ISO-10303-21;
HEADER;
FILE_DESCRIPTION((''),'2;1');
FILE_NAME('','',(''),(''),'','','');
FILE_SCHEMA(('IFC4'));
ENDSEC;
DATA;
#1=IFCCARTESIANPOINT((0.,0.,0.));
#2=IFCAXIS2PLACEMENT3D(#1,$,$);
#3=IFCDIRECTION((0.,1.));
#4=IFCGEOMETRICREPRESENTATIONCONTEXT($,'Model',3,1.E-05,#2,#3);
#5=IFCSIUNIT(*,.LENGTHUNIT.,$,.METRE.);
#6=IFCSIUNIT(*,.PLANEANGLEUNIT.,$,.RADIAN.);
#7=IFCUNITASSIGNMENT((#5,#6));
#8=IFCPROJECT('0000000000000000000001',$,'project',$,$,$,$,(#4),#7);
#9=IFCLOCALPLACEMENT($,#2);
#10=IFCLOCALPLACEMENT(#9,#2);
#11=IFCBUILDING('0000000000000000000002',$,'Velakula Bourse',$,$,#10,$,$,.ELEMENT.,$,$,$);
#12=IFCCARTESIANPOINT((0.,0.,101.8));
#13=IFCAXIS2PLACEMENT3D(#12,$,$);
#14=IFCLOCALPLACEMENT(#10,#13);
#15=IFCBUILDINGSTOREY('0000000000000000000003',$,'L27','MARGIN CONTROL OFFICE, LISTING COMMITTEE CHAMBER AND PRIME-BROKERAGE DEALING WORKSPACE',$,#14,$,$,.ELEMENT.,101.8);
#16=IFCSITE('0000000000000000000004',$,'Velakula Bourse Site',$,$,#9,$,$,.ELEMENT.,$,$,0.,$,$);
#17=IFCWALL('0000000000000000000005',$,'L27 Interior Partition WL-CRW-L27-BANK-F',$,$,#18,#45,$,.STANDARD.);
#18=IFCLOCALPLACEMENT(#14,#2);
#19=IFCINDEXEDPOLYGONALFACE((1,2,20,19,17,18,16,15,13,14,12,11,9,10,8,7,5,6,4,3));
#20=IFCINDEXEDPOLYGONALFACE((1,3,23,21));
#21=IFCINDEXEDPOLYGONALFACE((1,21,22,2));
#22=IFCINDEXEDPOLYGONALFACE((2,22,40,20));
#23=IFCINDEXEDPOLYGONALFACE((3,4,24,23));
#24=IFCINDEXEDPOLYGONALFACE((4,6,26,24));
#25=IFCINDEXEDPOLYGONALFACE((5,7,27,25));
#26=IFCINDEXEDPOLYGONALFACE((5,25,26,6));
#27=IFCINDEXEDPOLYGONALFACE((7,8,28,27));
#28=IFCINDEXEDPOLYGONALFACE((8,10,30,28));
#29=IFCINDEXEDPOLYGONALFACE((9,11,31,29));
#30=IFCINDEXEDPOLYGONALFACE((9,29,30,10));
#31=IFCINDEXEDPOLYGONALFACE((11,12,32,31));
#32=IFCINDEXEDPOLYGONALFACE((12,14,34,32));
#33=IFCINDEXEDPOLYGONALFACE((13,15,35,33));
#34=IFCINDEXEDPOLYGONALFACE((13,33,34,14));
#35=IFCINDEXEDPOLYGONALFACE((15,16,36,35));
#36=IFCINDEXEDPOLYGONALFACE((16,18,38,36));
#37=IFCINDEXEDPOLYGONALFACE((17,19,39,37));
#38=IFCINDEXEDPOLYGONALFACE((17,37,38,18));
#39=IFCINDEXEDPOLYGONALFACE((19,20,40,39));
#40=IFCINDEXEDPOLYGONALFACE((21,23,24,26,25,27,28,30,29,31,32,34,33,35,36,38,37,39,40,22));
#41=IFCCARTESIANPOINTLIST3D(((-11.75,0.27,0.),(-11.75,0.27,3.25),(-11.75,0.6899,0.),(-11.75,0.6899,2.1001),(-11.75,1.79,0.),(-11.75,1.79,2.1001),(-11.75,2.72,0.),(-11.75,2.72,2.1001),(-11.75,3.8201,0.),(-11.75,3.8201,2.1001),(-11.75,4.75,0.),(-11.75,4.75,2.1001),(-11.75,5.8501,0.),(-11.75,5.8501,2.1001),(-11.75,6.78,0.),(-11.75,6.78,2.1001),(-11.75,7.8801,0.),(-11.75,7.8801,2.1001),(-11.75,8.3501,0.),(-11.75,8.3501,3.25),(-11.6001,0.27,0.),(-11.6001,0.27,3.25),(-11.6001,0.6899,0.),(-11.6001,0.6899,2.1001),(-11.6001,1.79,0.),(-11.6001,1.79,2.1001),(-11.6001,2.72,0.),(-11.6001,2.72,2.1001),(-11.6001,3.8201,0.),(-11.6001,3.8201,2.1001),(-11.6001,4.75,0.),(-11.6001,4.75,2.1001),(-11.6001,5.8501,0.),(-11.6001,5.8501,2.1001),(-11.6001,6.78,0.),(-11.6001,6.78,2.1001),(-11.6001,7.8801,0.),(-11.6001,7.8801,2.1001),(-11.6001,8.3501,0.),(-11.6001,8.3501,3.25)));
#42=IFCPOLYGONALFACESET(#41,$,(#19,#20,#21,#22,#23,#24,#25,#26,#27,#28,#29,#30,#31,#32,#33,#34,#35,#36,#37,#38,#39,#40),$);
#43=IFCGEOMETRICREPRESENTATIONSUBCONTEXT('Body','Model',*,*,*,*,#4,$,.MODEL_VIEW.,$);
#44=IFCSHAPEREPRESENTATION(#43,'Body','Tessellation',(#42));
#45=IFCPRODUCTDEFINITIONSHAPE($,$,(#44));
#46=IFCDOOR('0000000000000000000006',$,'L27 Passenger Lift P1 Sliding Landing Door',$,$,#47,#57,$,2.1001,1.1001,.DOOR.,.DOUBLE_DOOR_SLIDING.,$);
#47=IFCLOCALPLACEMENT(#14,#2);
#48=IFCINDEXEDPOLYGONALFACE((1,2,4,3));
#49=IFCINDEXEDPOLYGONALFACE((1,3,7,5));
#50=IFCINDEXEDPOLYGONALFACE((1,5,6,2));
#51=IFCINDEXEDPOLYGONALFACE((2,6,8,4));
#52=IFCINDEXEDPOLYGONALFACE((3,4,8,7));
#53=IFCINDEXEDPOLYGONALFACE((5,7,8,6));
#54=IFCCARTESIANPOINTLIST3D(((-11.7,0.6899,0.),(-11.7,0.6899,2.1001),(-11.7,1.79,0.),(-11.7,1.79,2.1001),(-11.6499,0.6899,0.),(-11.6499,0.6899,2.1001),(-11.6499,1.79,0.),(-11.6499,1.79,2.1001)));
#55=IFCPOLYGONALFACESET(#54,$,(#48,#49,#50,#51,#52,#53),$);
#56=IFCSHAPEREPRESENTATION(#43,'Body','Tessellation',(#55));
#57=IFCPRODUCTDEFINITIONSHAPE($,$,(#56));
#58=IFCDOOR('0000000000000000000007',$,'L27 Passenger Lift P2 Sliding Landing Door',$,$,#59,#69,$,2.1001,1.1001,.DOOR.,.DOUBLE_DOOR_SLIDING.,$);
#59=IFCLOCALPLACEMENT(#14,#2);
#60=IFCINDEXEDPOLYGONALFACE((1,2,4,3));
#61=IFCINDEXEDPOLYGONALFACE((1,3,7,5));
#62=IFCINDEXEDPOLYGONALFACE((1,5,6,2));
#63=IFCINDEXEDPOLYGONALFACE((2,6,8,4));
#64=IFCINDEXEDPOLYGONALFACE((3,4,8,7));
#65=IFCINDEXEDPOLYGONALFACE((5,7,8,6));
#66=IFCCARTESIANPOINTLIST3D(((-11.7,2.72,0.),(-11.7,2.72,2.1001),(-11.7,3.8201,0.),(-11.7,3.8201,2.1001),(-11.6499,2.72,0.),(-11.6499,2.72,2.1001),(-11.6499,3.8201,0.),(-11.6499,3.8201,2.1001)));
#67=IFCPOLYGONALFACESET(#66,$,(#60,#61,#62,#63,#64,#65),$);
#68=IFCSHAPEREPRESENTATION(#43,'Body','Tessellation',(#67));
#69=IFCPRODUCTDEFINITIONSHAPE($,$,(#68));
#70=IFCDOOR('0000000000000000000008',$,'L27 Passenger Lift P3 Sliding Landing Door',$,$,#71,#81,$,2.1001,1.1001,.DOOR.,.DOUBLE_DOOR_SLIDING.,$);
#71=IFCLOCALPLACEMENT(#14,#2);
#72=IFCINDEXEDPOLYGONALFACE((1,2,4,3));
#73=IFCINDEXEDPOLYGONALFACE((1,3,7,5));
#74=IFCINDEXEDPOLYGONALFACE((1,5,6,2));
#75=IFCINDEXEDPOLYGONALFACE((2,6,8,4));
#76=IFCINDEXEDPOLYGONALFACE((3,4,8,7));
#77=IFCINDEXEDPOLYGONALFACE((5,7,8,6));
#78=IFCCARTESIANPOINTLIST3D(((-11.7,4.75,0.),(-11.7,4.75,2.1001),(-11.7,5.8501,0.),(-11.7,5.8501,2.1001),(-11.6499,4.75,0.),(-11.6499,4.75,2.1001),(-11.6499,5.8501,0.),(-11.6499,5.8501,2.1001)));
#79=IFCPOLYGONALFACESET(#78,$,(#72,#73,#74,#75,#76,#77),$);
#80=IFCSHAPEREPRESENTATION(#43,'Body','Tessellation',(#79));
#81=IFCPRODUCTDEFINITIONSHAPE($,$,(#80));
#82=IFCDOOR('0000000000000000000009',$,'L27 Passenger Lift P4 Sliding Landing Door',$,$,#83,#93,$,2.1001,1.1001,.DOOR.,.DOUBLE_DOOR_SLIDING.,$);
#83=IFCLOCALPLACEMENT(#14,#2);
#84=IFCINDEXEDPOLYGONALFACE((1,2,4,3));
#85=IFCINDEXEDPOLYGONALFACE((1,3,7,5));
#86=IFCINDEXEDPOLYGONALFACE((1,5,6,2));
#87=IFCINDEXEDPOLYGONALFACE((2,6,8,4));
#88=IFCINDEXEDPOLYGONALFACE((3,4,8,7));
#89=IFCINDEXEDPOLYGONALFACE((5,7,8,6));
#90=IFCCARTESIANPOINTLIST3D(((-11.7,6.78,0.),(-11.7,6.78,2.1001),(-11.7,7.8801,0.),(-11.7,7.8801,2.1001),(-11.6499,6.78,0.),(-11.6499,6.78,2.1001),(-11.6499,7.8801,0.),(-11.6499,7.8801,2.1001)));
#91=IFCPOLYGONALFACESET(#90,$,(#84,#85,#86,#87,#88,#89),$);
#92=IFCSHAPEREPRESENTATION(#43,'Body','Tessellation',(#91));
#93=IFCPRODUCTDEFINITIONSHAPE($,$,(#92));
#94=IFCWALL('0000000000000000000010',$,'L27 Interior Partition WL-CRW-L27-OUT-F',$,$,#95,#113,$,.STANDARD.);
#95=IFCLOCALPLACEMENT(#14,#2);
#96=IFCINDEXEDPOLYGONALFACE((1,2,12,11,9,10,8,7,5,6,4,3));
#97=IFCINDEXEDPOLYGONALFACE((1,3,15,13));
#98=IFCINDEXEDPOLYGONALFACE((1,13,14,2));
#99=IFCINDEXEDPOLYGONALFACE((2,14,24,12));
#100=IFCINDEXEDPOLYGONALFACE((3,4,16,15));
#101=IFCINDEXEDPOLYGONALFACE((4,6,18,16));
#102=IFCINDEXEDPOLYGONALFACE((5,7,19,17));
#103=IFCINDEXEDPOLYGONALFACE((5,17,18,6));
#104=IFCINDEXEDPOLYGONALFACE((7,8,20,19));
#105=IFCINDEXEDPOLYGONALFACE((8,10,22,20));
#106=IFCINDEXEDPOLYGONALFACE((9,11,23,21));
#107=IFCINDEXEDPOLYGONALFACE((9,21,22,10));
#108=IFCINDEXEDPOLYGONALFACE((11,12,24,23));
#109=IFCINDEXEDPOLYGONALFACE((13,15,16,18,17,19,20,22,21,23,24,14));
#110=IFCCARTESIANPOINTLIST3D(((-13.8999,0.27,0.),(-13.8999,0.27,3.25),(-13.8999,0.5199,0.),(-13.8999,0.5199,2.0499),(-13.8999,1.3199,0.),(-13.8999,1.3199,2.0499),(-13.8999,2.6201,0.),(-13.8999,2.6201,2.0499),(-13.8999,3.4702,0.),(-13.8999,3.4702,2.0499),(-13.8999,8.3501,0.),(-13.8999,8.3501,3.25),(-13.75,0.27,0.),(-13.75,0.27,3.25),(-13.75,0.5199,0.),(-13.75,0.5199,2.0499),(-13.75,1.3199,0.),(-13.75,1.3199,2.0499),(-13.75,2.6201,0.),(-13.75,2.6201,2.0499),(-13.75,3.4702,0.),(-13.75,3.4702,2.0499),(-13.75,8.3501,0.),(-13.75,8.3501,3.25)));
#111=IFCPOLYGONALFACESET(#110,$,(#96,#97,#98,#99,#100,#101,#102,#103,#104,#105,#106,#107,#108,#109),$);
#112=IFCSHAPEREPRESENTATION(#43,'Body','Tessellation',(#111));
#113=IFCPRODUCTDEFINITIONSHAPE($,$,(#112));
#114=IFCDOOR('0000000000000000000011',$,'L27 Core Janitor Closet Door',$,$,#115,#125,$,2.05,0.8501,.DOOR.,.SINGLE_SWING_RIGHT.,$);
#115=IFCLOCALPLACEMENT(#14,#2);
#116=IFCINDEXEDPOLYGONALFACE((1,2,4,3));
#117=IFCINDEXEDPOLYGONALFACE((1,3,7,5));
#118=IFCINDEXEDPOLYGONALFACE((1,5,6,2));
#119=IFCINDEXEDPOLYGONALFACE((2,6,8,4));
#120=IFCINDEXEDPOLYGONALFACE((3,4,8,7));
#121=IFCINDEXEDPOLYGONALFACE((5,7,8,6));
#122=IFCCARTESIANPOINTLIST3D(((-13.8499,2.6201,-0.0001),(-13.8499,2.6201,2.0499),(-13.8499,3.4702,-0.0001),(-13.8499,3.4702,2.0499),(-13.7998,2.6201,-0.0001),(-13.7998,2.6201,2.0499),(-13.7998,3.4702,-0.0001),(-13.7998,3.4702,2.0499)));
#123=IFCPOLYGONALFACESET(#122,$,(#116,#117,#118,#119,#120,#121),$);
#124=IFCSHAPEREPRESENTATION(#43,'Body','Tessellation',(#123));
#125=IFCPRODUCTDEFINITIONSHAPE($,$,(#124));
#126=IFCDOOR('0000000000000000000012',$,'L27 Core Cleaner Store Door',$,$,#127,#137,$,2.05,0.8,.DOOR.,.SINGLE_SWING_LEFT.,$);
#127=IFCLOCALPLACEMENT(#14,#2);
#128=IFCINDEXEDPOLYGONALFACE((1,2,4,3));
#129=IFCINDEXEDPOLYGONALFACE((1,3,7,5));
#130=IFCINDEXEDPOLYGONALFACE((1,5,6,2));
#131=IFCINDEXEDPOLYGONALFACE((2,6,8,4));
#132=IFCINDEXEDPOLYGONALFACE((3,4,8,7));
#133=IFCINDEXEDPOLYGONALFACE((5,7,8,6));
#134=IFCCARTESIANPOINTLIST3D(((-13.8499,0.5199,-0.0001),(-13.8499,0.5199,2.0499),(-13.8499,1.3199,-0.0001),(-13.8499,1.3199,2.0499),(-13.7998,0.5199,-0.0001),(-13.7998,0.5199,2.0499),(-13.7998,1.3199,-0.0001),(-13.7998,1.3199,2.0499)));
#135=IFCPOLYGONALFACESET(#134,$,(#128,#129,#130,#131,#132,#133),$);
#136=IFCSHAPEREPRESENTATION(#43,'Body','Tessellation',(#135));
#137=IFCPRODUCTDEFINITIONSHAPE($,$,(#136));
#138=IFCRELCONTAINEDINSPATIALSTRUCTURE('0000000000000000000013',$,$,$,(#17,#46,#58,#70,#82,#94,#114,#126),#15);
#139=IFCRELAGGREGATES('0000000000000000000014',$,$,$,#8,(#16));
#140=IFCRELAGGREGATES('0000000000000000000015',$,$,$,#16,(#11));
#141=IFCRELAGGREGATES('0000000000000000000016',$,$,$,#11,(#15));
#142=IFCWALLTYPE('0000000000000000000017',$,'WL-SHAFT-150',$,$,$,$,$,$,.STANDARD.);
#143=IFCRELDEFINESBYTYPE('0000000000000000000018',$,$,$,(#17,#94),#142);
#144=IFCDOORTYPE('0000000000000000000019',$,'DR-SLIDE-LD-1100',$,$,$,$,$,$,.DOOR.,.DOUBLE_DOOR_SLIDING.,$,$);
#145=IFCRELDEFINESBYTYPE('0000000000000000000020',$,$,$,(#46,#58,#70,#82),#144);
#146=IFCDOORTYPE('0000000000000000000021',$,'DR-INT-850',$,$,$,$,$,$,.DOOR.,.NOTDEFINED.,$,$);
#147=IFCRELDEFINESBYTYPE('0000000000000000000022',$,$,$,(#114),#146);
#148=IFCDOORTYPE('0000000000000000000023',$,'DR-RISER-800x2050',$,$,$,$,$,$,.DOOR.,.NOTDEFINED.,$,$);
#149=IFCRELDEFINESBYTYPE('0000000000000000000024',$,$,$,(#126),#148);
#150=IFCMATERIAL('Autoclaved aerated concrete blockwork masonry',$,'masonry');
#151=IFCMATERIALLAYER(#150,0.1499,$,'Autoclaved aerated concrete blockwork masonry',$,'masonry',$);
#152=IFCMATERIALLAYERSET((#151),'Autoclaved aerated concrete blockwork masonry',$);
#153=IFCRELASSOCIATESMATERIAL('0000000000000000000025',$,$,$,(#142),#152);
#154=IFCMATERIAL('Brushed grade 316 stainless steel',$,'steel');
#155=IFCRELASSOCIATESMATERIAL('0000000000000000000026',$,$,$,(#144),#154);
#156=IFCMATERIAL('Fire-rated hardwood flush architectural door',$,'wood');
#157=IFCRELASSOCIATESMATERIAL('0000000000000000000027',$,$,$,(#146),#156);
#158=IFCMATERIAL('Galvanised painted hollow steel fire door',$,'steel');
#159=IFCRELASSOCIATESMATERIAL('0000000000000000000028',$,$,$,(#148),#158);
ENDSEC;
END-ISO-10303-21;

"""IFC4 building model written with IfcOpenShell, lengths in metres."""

from ifc_helpers import new_model, si_unit, direction, frame, frame_2d, origin, place, context, subcontext, project, spatial, rectangle, extrude, material, layer, layer_set, type_object, element, fill, save


model = new_model("IFC4")

# Units and contexts
model_context = context("Model", 3, precision=1e-05, world=origin(), true_north=direction((0.0, 1.0)))
body_context = subcontext(model_context, "Body", "Model", "MODEL_VIEW")
ifc_project = project(units=[si_unit("LENGTHUNIT", "METRE"), si_unit("PLANEANGLEUNIT", "RADIAN")], contexts=[model_context])

# Site, building, storey
site_placement = place(None, origin())
site = spatial("IfcSite", under=ifc_project, at=site_placement, Name="Velakula Bourse Site", CompositionType="ELEMENT", RefElevation=0.0)
building_placement = place(site_placement, origin())
building = spatial("IfcBuilding", under=site, at=building_placement, Name="Velakula Bourse", CompositionType="ELEMENT")
storey_placement = place(building_placement, frame((0.0, 0.0, 101.8)))
storey = spatial("IfcBuildingStorey", under=building, at=storey_placement, Name="L27", Description="MARGIN CONTROL OFFICE, LISTING COMMITTEE CHAMBER AND PRIME-BROKERAGE DEALING WORKSPACE", CompositionType="ELEMENT", Elevation=101.8)

# Shared definitions
ifc_material_1 = material(Name="Fire-rated hardwood flush architectural door", Category="wood")

# Shared definitions
ifc_material_2 = material(Name="Autoclaved aerated concrete blockwork masonry", Category="masonry")
ifc_layer_1 = layer(ifc_material_2, 0.1499, Name="Autoclaved aerated concrete blockwork masonry", Category="masonry")
ifc_layer_set_1 = layer_set([ifc_layer_1], Name="Autoclaved aerated concrete blockwork masonry")
wall_type_1 = type_object("IfcWallType", Name="WL-SHAFT-150", PredefinedType="STANDARD", material=ifc_layer_set_1)

# Walls, openings, doors
wall_1_placement = place(storey_placement, frame((-11.675, 0.27, 0.0), z_axis=(0.0, 0.0, 1.0), x_axis=(0.0, 1.0, 0.0)))
wall_1 = element("IfcWall", 1, at=wall_1_placement, inside=storey, type_object=wall_type_1, Name="L27 Interior Partition WL-CRW-L27-BANK-F", PredefinedType="STANDARD", context=body_context, shape_type="SweptSolid", body=[
    extrude(rectangle(XDim=8.0801, YDim=0.1499, at=frame_2d((4.04, 0.0))), origin(), (0.0, 0.0, 1.0), 3.25),
])
opening_1_placement = place(wall_1_placement, frame((0.4199, 0.0, 0.0)))
opening_1 = element("IfcOpeningElement", 2, at=opening_1_placement, cuts=wall_1, PredefinedType="OPENING", context=body_context, shape_type="SweptSolid", body=[
    extrude(rectangle(XDim=1.1001, YDim=2.1001, at=frame_2d((0.55, 1.05))), frame((0.0, 0.085, 0.0), z_axis=(0.0, -1.0, 0.0), x_axis=(1.0, 0.0, 0.0)), (0.0, 0.0, 1.0), 0.1699),
])
opening_2_placement = place(wall_1_placement, frame((2.45, 0.0, 0.0)))
opening_2 = element("IfcOpeningElement", 3, at=opening_2_placement, cuts=wall_1, PredefinedType="OPENING", context=body_context, shape_type="SweptSolid", body=[
    extrude(rectangle(XDim=1.1001, YDim=2.1001, at=frame_2d((0.55, 1.05))), frame((0.0, 0.085, 0.0), z_axis=(0.0, -1.0, 0.0), x_axis=(1.0, 0.0, 0.0)), (0.0, 0.0, 1.0), 0.1699),
])
opening_3_placement = place(wall_1_placement, frame((4.48, 0.0, 0.0)))
opening_3 = element("IfcOpeningElement", 4, at=opening_3_placement, cuts=wall_1, PredefinedType="OPENING", context=body_context, shape_type="SweptSolid", body=[
    extrude(rectangle(XDim=1.1001, YDim=2.1001, at=frame_2d((0.55, 1.05))), frame((0.0, 0.085, 0.0), z_axis=(0.0, -1.0, 0.0), x_axis=(1.0, 0.0, 0.0)), (0.0, 0.0, 1.0), 0.1699),
])
opening_4_placement = place(wall_1_placement, frame((6.51, 0.0, 0.0)))
opening_4 = element("IfcOpeningElement", 5, at=opening_4_placement, cuts=wall_1, PredefinedType="OPENING", context=body_context, shape_type="SweptSolid", body=[
    extrude(rectangle(XDim=1.1001, YDim=2.1001, at=frame_2d((0.55, 1.05))), frame((0.0, 0.085, 0.0), z_axis=(0.0, -1.0, 0.0), x_axis=(1.0, 0.0, 0.0)), (0.0, 0.0, 1.0), 0.1699),
])
ifc_material_3 = material(Name="Brushed grade 316 stainless steel", Category="steel")
door_type_1 = type_object("IfcDoorType", Name="DR-SLIDE-LD-1100", OperationType="DOUBLE_DOOR_SLIDING", PredefinedType="DOOR", material=ifc_material_3)
door_1_placement = place(opening_1_placement, origin())
door_1 = element("IfcDoor", 6, at=door_1_placement, inside=storey, type_object=door_type_1, Name="L27 Passenger Lift P1 Sliding Landing Door", OperationType="DOUBLE_DOOR_SLIDING", OverallHeight=2.1001, OverallWidth=1.1001, PredefinedType="DOOR", context=body_context, shape_type="SweptSolid", body=[
    extrude(rectangle(XDim=1.1001, YDim=2.1001, at=frame_2d((0.55, 1.05))), frame((0.0, 0.0249, 0.0), z_axis=(0.0, -1.0, 0.0), x_axis=(1.0, 0.0, 0.0)), (0.0, 0.0, 1.0), 0.05),
])
fill(opening_1, door_1)
door_2_placement = place(opening_2_placement, origin())
door_2 = element("IfcDoor", 7, at=door_2_placement, inside=storey, type_object=door_type_1, Name="L27 Passenger Lift P2 Sliding Landing Door", OperationType="DOUBLE_DOOR_SLIDING", OverallHeight=2.1001, OverallWidth=1.1001, PredefinedType="DOOR", context=body_context, shape_type="SweptSolid", body=[
    extrude(rectangle(XDim=1.1001, YDim=2.1001, at=frame_2d((0.55, 1.05))), frame((0.0, 0.0249, 0.0), z_axis=(0.0, -1.0, 0.0), x_axis=(1.0, 0.0, 0.0)), (0.0, 0.0, 1.0), 0.05),
])
fill(opening_2, door_2)
door_3_placement = place(opening_3_placement, origin())
door_3 = element("IfcDoor", 8, at=door_3_placement, inside=storey, type_object=door_type_1, Name="L27 Passenger Lift P3 Sliding Landing Door", OperationType="DOUBLE_DOOR_SLIDING", OverallHeight=2.1001, OverallWidth=1.1001, PredefinedType="DOOR", context=body_context, shape_type="SweptSolid", body=[
    extrude(rectangle(XDim=1.1001, YDim=2.1001, at=frame_2d((0.55, 1.05))), frame((0.0, 0.0249, 0.0), z_axis=(0.0, -1.0, 0.0), x_axis=(1.0, 0.0, 0.0)), (0.0, 0.0, 1.0), 0.05),
])
fill(opening_3, door_3)
door_4_placement = place(opening_4_placement, origin())
door_4 = element("IfcDoor", 9, at=door_4_placement, inside=storey, type_object=door_type_1, Name="L27 Passenger Lift P4 Sliding Landing Door", OperationType="DOUBLE_DOOR_SLIDING", OverallHeight=2.1001, OverallWidth=1.1001, PredefinedType="DOOR", context=body_context, shape_type="SweptSolid", body=[
    extrude(rectangle(XDim=1.1001, YDim=2.1001, at=frame_2d((0.55, 1.05))), frame((0.0, 0.0249, 0.0), z_axis=(0.0, -1.0, 0.0), x_axis=(1.0, 0.0, 0.0)), (0.0, 0.0, 1.0), 0.05),
])
fill(opening_4, door_4)
wall_2_placement = place(storey_placement, frame((-13.825, 0.27, 0.0), z_axis=(0.0, 0.0, 1.0), x_axis=(0.0, 1.0, 0.0)))
wall_2 = element("IfcWall", 10, at=wall_2_placement, inside=storey, type_object=wall_type_1, Name="L27 Interior Partition WL-CRW-L27-OUT-F", PredefinedType="STANDARD", context=body_context, shape_type="SweptSolid", body=[
    extrude(rectangle(XDim=8.0801, YDim=0.1499, at=frame_2d((4.04, 0.0))), origin(), (0.0, 0.0, 1.0), 3.25),
])
opening_5_placement = place(wall_2_placement, frame((0.25, 0.0, 0.0)))
opening_5 = element("IfcOpeningElement", 11, at=opening_5_placement, cuts=wall_2, PredefinedType="OPENING", context=body_context, shape_type="SweptSolid", body=[
    extrude(rectangle(XDim=0.8, YDim=2.05, at=frame_2d((0.3999, 1.0249))), frame((0.0, 0.085, 0.0), z_axis=(0.0, -1.0, 0.0), x_axis=(1.0, 0.0, 0.0)), (0.0, 0.0, 1.0), 0.1699),
])
opening_6_placement = place(wall_2_placement, frame((2.3501, 0.0, 0.0)))
opening_6 = element("IfcOpeningElement", 12, at=opening_6_placement, cuts=wall_2, PredefinedType="OPENING", context=body_context, shape_type="SweptSolid", body=[
    extrude(rectangle(XDim=0.8501, YDim=2.05, at=frame_2d((0.425, 1.0249))), frame((0.0, 0.085, 0.0), z_axis=(0.0, -1.0, 0.0), x_axis=(1.0, 0.0, 0.0)), (0.0, 0.0, 1.0), 0.1699),
])
door_type_2 = type_object("IfcDoorType", Name="DR-INT-850", OperationType="NOTDEFINED", PredefinedType="DOOR", material=ifc_material_1)
door_5_placement = place(opening_6_placement, origin())
door_5 = element("IfcDoor", 13, at=door_5_placement, inside=storey, type_object=door_type_2, Name="L27 Core Janitor Closet Door", OperationType="SINGLE_SWING_RIGHT", OverallHeight=2.05, OverallWidth=0.8501, PredefinedType="DOOR", context=body_context, shape_type="SweptSolid", body=[
    extrude(rectangle(XDim=0.8501, YDim=2.05, at=frame_2d((0.425, 1.0249))), frame((0.0, 0.0249, 0.0), z_axis=(0.0, -1.0, 0.0), x_axis=(1.0, 0.0, 0.0)), (0.0, 0.0, 1.0), 0.05),
])
fill(opening_6, door_5)
ifc_material_4 = material(Name="Galvanised painted hollow steel fire door", Category="steel")
door_type_3 = type_object("IfcDoorType", Name="DR-RISER-800x2050", OperationType="NOTDEFINED", PredefinedType="DOOR", material=ifc_material_4)
door_6_placement = place(opening_5_placement, origin())
door_6 = element("IfcDoor", 14, at=door_6_placement, inside=storey, type_object=door_type_3, Name="L27 Core Cleaner Store Door", OperationType="SINGLE_SWING_LEFT", OverallHeight=2.05, OverallWidth=0.8, PredefinedType="DOOR", context=body_context, shape_type="SweptSolid", body=[
    extrude(rectangle(XDim=0.8, YDim=2.05, at=frame_2d((0.3999, 1.0249))), frame((0.0, 0.0249, 0.0), z_axis=(0.0, -1.0, 0.0), x_axis=(1.0, 0.0, 0.0)), (0.0, 0.0, 1.0), 0.05),
])
fill(opening_5, door_6)

save(model, "model.ifc")
